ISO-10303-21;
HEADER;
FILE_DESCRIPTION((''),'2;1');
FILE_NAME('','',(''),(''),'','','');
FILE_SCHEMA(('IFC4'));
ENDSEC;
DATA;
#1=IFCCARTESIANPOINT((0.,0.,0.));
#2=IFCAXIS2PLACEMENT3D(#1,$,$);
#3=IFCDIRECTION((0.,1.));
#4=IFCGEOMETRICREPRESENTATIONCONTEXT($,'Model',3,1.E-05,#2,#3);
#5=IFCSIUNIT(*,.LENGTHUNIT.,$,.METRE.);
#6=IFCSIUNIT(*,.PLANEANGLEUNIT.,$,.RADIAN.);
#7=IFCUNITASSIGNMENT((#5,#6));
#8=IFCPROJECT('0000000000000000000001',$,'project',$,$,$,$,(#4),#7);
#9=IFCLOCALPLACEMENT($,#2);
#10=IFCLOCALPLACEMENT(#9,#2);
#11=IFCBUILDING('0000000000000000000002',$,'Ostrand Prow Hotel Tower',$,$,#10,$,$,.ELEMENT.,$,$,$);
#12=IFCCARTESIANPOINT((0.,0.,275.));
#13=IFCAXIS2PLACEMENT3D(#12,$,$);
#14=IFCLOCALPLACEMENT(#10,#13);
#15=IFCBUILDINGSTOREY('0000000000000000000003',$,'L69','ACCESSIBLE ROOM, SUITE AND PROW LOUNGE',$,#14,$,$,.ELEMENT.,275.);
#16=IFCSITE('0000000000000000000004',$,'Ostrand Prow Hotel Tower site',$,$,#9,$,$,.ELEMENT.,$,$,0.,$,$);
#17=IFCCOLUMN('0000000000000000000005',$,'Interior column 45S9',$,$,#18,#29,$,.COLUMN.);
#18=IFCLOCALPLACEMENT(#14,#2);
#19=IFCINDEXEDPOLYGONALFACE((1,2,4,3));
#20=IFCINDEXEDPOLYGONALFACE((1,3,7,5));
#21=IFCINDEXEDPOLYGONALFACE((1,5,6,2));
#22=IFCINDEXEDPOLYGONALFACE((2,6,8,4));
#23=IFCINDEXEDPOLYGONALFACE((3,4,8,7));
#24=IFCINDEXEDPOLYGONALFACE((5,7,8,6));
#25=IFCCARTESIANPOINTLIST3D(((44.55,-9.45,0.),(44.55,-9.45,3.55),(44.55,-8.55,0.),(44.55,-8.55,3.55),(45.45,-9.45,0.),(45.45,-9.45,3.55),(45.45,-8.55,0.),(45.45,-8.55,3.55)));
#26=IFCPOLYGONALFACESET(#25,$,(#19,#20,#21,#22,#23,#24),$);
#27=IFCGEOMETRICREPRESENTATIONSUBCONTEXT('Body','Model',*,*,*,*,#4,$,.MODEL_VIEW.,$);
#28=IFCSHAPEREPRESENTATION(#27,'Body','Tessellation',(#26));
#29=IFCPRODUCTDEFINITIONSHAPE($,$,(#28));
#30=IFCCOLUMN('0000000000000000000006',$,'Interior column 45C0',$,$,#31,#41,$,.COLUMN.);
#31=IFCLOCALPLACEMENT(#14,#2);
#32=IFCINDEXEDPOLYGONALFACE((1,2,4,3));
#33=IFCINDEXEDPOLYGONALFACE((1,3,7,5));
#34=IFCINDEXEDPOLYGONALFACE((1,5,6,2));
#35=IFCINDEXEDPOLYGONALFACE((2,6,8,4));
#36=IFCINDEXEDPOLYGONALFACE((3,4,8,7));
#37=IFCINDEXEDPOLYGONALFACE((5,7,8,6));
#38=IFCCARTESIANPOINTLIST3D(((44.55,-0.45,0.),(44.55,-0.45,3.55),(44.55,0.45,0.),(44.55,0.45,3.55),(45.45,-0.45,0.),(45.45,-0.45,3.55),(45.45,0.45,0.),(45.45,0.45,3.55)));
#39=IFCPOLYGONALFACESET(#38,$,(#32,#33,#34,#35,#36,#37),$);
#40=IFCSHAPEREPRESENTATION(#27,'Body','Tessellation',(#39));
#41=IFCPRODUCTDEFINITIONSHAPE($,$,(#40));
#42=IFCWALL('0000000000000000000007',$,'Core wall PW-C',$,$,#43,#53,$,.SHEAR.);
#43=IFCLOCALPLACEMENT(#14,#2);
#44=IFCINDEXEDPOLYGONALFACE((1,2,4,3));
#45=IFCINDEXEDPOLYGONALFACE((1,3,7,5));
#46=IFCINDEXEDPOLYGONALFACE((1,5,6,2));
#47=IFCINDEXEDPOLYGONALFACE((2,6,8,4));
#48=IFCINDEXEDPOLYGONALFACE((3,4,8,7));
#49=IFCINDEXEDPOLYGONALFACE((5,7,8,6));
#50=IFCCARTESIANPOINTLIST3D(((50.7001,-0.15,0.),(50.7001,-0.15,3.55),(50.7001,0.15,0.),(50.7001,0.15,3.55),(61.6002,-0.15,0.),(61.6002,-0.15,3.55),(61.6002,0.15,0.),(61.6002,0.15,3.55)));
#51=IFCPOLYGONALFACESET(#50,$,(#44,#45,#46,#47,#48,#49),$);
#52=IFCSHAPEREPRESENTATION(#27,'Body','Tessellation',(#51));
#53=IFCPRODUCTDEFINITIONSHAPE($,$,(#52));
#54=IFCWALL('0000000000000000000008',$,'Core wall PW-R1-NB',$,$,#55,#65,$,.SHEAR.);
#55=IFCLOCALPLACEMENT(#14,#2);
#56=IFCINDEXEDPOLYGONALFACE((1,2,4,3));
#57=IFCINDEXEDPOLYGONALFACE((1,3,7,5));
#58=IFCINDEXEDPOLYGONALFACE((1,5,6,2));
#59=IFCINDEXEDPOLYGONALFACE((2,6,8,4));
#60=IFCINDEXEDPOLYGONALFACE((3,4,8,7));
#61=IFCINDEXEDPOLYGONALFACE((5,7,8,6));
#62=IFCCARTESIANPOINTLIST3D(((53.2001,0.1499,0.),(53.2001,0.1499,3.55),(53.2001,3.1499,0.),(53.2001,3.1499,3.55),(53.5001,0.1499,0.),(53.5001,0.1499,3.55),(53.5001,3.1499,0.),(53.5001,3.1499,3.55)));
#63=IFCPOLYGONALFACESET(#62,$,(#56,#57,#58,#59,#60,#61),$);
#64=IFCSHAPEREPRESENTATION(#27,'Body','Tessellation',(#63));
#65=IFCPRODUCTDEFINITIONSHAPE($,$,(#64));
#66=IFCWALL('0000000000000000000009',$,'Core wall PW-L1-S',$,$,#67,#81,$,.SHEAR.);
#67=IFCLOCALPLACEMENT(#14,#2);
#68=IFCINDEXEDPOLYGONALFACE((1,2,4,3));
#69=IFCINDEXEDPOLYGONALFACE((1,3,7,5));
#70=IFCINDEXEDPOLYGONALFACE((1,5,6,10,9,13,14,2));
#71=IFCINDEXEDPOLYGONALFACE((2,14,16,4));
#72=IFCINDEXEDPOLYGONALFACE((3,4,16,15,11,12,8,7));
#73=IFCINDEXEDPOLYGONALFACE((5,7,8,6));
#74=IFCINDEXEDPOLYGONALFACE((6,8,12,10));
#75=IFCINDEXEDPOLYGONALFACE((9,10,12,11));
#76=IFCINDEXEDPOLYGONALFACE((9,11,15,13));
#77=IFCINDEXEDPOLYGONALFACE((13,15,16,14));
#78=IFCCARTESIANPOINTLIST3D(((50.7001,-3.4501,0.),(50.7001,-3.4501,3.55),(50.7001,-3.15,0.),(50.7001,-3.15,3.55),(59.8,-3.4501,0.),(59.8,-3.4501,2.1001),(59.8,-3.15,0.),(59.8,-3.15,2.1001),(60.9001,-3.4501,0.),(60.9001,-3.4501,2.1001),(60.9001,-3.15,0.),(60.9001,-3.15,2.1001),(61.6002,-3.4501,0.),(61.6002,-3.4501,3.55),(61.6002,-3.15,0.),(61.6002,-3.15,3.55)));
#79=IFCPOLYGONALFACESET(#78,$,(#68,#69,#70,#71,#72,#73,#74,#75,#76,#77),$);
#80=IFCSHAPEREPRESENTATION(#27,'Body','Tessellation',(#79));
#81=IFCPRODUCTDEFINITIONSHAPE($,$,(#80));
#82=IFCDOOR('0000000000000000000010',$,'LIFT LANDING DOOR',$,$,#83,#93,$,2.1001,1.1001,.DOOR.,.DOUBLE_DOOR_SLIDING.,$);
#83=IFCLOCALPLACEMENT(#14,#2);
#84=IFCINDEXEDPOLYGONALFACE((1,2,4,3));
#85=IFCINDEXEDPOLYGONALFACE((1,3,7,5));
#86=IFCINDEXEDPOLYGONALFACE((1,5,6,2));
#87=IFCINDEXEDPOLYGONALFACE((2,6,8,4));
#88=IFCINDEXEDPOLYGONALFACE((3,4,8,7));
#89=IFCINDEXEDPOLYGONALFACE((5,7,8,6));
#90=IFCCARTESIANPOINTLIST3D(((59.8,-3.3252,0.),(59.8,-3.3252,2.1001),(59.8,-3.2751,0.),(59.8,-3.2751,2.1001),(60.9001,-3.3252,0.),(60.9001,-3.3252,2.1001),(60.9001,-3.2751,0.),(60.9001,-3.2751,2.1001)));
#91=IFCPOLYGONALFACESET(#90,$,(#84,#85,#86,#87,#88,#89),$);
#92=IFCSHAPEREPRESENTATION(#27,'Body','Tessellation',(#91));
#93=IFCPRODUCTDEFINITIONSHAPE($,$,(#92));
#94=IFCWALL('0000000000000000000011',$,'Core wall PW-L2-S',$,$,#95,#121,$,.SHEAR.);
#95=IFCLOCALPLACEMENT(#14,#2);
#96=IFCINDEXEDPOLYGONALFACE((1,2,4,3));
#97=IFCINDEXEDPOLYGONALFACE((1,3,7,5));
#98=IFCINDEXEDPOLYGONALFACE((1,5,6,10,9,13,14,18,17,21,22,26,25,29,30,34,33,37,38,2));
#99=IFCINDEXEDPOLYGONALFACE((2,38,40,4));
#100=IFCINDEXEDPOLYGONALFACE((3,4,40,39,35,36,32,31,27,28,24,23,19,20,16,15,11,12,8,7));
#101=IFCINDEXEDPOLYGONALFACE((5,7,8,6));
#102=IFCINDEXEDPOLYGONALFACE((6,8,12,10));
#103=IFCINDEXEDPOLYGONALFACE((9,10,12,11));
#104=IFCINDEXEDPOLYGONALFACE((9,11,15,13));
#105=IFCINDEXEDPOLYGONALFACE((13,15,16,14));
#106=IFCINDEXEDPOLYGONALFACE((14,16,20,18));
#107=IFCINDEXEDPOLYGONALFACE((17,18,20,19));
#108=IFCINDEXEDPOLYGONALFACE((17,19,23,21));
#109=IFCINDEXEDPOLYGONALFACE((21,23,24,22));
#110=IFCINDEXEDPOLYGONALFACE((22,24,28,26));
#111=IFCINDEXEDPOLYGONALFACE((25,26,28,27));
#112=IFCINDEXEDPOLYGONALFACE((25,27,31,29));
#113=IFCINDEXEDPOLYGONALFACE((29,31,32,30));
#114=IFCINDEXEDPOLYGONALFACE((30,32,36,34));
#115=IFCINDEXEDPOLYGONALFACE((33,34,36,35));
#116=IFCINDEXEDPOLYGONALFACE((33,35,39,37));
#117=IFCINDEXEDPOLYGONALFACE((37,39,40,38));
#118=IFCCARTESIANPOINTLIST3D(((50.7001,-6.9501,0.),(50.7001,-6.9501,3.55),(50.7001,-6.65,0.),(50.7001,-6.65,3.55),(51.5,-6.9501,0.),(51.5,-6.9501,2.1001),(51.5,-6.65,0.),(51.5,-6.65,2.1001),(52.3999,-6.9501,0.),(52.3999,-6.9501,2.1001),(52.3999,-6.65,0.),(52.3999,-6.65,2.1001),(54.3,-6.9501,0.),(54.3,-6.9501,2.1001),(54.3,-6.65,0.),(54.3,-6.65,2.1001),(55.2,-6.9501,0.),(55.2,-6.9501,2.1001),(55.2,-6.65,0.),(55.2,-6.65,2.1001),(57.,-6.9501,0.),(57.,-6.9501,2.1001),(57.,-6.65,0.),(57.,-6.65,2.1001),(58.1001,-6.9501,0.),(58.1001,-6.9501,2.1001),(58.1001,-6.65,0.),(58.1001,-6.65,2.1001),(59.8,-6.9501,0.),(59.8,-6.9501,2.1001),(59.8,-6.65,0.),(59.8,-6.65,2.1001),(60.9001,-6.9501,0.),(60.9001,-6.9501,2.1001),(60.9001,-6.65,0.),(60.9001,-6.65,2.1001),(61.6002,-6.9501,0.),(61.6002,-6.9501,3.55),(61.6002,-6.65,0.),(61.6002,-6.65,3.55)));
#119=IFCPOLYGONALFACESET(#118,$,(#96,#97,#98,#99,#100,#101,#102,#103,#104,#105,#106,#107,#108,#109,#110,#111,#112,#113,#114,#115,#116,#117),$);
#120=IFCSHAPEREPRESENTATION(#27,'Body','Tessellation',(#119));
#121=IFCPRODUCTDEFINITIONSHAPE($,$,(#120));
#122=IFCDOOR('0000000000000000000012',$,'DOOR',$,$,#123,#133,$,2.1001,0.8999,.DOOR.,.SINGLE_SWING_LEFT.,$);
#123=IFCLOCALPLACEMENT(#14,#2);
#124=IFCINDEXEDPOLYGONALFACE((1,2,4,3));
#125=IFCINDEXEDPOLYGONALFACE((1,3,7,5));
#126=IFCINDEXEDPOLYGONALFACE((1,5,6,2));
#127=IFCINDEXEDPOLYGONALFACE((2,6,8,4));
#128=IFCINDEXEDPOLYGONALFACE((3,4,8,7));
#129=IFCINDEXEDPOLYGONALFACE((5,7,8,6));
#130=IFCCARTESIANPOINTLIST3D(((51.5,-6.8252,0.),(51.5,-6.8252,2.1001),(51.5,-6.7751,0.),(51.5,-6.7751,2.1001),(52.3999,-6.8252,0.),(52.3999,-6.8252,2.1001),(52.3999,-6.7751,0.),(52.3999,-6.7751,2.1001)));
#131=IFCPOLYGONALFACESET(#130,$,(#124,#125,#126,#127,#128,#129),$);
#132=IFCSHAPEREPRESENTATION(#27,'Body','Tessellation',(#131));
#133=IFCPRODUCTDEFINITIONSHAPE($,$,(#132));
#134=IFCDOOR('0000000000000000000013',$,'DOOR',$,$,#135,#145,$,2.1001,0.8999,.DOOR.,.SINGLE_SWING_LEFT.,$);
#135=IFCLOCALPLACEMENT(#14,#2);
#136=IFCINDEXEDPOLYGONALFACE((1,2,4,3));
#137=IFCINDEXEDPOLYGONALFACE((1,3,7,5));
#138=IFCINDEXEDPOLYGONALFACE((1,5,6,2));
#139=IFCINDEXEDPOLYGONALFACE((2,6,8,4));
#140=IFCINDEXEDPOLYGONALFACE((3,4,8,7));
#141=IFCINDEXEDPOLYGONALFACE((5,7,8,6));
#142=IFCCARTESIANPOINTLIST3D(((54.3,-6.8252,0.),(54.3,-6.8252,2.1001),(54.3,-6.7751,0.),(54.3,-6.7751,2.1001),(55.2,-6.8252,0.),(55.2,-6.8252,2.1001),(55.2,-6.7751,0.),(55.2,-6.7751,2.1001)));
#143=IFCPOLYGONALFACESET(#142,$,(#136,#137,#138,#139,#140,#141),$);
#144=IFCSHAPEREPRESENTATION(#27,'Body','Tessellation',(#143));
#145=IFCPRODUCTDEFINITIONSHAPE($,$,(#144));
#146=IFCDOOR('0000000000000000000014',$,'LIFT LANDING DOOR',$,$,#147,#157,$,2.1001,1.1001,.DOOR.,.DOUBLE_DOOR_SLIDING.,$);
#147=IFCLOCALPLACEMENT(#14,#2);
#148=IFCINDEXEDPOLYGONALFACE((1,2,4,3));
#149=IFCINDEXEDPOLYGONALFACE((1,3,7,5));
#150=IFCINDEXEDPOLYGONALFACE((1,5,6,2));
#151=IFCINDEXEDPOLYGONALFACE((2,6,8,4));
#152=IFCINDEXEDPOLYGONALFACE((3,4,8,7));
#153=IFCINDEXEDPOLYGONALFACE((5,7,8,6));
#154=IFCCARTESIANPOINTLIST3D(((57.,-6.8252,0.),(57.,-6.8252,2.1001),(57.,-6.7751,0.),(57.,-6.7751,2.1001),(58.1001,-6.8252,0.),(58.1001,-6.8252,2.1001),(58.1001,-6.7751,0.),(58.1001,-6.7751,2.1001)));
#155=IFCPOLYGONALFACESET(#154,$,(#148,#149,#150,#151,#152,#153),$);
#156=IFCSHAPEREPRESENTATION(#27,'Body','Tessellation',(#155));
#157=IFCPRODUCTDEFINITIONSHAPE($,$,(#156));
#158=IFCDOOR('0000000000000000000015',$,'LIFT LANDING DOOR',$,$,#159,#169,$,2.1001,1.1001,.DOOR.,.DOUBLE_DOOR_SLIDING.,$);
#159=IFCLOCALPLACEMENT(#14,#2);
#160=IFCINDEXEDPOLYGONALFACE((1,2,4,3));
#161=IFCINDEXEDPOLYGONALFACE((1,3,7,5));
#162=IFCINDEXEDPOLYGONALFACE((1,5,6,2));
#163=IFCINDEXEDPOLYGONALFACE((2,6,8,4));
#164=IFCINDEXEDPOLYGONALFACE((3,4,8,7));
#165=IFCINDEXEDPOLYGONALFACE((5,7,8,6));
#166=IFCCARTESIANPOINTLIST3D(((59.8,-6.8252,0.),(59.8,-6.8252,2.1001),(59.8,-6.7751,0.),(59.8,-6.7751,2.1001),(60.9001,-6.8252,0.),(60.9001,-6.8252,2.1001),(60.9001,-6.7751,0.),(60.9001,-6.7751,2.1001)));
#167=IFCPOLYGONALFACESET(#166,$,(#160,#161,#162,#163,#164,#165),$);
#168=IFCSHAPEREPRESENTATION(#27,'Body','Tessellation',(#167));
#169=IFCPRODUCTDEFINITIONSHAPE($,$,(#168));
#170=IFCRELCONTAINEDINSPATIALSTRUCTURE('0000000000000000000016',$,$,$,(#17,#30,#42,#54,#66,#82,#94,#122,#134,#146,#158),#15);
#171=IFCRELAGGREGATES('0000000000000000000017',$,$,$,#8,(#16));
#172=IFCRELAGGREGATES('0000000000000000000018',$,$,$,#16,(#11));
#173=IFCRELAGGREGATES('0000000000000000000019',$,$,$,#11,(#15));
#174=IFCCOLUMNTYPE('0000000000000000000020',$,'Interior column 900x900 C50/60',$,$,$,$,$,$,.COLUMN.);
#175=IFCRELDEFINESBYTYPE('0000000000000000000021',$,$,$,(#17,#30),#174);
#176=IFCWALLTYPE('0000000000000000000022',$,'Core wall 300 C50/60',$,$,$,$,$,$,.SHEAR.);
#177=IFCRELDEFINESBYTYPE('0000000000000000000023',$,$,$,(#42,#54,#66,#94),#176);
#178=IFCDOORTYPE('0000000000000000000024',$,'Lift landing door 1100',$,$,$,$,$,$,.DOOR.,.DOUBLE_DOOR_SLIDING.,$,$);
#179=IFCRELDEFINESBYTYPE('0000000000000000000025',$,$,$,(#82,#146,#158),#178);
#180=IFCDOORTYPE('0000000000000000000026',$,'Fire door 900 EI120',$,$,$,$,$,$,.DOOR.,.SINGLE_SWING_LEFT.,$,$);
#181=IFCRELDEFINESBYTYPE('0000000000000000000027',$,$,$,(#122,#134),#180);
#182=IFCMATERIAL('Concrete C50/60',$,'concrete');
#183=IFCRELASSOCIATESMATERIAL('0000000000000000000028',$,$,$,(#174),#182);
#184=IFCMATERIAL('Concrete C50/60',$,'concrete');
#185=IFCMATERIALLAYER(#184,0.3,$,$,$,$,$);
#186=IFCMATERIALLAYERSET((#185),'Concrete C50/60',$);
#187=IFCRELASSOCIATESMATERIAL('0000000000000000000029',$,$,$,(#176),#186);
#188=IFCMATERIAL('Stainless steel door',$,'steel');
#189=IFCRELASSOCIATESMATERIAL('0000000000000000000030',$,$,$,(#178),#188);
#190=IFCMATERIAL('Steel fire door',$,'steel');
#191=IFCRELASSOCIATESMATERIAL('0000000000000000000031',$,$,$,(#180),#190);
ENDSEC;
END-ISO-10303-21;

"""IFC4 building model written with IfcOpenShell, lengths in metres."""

from ifc_helpers import new_model, si_unit, direction, frame, frame_2d, origin, origin_2d, place, context, subcontext, project, spatial, rectangle, extrude, material, layer, layer_set, material_profile, profile_set, type_object, element, fill, save


model = new_model("IFC4")

# Units and contexts
model_context = context("Model", 3, precision=1e-05, world=origin(), true_north=direction((0.0, 1.0)))
body_context = subcontext(model_context, "Body", "Model", "MODEL_VIEW")
ifc_project = project(units=[si_unit("LENGTHUNIT", "METRE"), si_unit("PLANEANGLEUNIT", "RADIAN")], contexts=[model_context])

# Site, building, storey
site_placement = place(None, origin())
site = spatial("IfcSite", under=ifc_project, at=site_placement, Name="Ostrand Prow Hotel Tower site", CompositionType="ELEMENT", RefElevation=0.0)
building_placement = place(site_placement, origin())
building = spatial("IfcBuilding", under=site, at=building_placement, Name="Ostrand Prow Hotel Tower", CompositionType="ELEMENT")
storey_placement = place(building_placement, frame((0.0, 0.0, 275.0)))
storey = spatial("IfcBuildingStorey", under=building, at=storey_placement, Name="L69", Description="ACCESSIBLE ROOM, SUITE AND PROW LOUNGE", CompositionType="ELEMENT", Elevation=275.0)

# Columns
ifc_material_1 = material(Name="Concrete C50/60", Category="concrete")
ifc_material_profile = material_profile(ifc_material_1, rectangle(XDim=0.8999, YDim=0.8999, at=origin_2d()), Name="RC 900x900")
ifc_profile_set = profile_set([ifc_material_profile], Name="Concrete C50/60")
column_type = type_object("IfcColumnType", Name="Interior column 900x900 C50/60", PredefinedType="COLUMN", material=ifc_profile_set)
for number, where, z_axis, x_axis, name in (
    (1, (45.0, -9.0, 0.0), (0.0, 0.0, 1.0), (1.0, 0.0, 0.0), "Interior column 45S9"),
    (2, (45.0, 0.0, 0.0), (0.0, 0.0, 1.0), (1.0, 0.0, 0.0), "Interior column 45C0"),
):
    element("IfcColumn", number, at=place(storey_placement, frame(where, z_axis=z_axis, x_axis=x_axis)), inside=storey, type_object=column_type, Name=name, PredefinedType="COLUMN", context=body_context, shape_type="SweptSolid", body=[
        extrude(rectangle(XDim=0.8999, YDim=0.8999, at=origin_2d()), origin(), (0.0, 0.0, 1.0), 3.55),
    ])

# Walls
ifc_material_2 = material(Name="Concrete C50/60", Category="concrete")
ifc_layer_1 = layer(ifc_material_2, 0.3)
ifc_layer_set_1 = layer_set([ifc_layer_1], Name="Concrete C50/60")
wall_type_1 = type_object("IfcWallType", Name="Core wall 300 C50/60", PredefinedType="SHEAR", material=ifc_layer_set_1)
wall_1_placement = place(storey_placement, frame((50.7, 0.0, 0.0), z_axis=(0.0, 0.0, 1.0), x_axis=(1.0, 0.0, 0.0)))
element("IfcWall", 3, at=wall_1_placement, inside=storey, type_object=wall_type_1, Name="Core wall PW-C", PredefinedType="SHEAR", context=body_context, shape_type="SweptSolid", body=[
    extrude(rectangle(XDim=10.9001, YDim=0.3, at=frame_2d((5.4502, 0.0))), origin(), (0.0, 0.0, 1.0), 3.55),
])
wall_2_placement = place(storey_placement, frame((53.3501, 0.1499, 0.0), z_axis=(0.0, 0.0, 1.0), x_axis=(0.0, 1.0, 0.0)))
element("IfcWall", 4, at=wall_2_placement, inside=storey, type_object=wall_type_1, Name="Core wall PW-R1-NB", PredefinedType="SHEAR", context=body_context, shape_type="SweptSolid", body=[
    extrude(rectangle(XDim=3.0, YDim=0.3, at=frame_2d((1.5, 0.0))), origin(), (0.0, 0.0, 1.0), 3.55),
])

# Wall, opening, door
wall_3_placement = place(storey_placement, frame((50.7, -3.3, 0.0), z_axis=(0.0, 0.0, 1.0), x_axis=(1.0, 0.0, 0.0)))
wall_3 = element("IfcWall", 5, at=wall_3_placement, inside=storey, type_object=wall_type_1, Name="Core wall PW-L1-S", PredefinedType="SHEAR", context=body_context, shape_type="SweptSolid", body=[
    extrude(rectangle(XDim=10.9001, YDim=0.3, at=frame_2d((5.4502, 0.0))), origin(), (0.0, 0.0, 1.0), 3.55),
])
opening_1_placement = place(wall_3_placement, frame((9.1001, 0.0, 0.0)))
opening_1 = element("IfcOpeningElement", 6, at=opening_1_placement, cuts=wall_3, PredefinedType="OPENING", context=body_context, shape_type="SweptSolid", body=[
    extrude(rectangle(XDim=1.1001, YDim=2.1001, at=frame_2d((0.55, 1.05))), frame((0.0, 0.1599, 0.0), z_axis=(0.0, -1.0, 0.0), x_axis=(1.0, 0.0, 0.0)), (0.0, 0.0, 1.0), 0.3201),
])
ifc_material_3 = material(Name="Stainless steel door", Category="steel")
door_type_1 = type_object("IfcDoorType", Name="Lift landing door 1100", OperationType="DOUBLE_DOOR_SLIDING", PredefinedType="DOOR", material=ifc_material_3)
door_1_placement = place(opening_1_placement, origin())
door_1 = element("IfcDoor", 7, at=door_1_placement, inside=storey, type_object=door_type_1, Name="LIFT LANDING DOOR", OperationType="DOUBLE_DOOR_SLIDING", OverallHeight=2.1001, OverallWidth=1.1001, PredefinedType="DOOR", context=body_context, shape_type="SweptSolid", body=[
    extrude(rectangle(XDim=1.1001, YDim=2.1001, at=frame_2d((0.55, 1.05))), frame((0.0, 0.0249, 0.0), z_axis=(0.0, -1.0, 0.0), x_axis=(1.0, 0.0, 0.0)), (0.0, 0.0, 1.0), 0.05),
])
fill(opening_1, door_1)

# Wall, openings, doors
wall_4_placement = place(storey_placement, frame((50.7, -6.8, 0.0), z_axis=(0.0, 0.0, 1.0), x_axis=(1.0, 0.0, 0.0)))
wall_4 = element("IfcWall", 8, at=wall_4_placement, inside=storey, type_object=wall_type_1, Name="Core wall PW-L2-S", PredefinedType="SHEAR", context=body_context, shape_type="SweptSolid", body=[
    extrude(rectangle(XDim=10.9001, YDim=0.3, at=frame_2d((5.4502, 0.0))), origin(), (0.0, 0.0, 1.0), 3.55),
])
opening_2_placement = place(wall_4_placement, frame((6.3, 0.0, 0.0)))
opening_2 = element("IfcOpeningElement", 9, at=opening_2_placement, cuts=wall_4, PredefinedType="OPENING", context=body_context, shape_type="SweptSolid", body=[
    extrude(rectangle(XDim=1.1001, YDim=2.1001, at=frame_2d((0.55, 1.05))), frame((0.0, 0.1599, 0.0), z_axis=(0.0, -1.0, 0.0), x_axis=(1.0, 0.0, 0.0)), (0.0, 0.0, 1.0), 0.3201),
])
opening_3_placement = place(wall_4_placement, frame((9.1001, 0.0, 0.0)))
opening_3 = element("IfcOpeningElement", 10, at=opening_3_placement, cuts=wall_4, PredefinedType="OPENING", context=body_context, shape_type="SweptSolid", body=[
    extrude(rectangle(XDim=1.1001, YDim=2.1001, at=frame_2d((0.55, 1.05))), frame((0.0, 0.1599, 0.0), z_axis=(0.0, -1.0, 0.0), x_axis=(1.0, 0.0, 0.0)), (0.0, 0.0, 1.0), 0.3201),
])
opening_4_placement = place(wall_4_placement, frame((0.8, 0.0, 0.0)))
opening_4 = element("IfcOpeningElement", 11, at=opening_4_placement, cuts=wall_4, PredefinedType="OPENING", context=body_context, shape_type="SweptSolid", body=[
    extrude(rectangle(XDim=0.8999, YDim=2.1001, at=frame_2d((0.45, 1.05))), frame((0.0, 0.1599, 0.0), z_axis=(0.0, -1.0, 0.0), x_axis=(1.0, 0.0, 0.0)), (0.0, 0.0, 1.0), 0.3201),
])
opening_5_placement = place(wall_4_placement, frame((3.6001, 0.0, 0.0)))
opening_5 = element("IfcOpeningElement", 12, at=opening_5_placement, cuts=wall_4, PredefinedType="OPENING", context=body_context, shape_type="SweptSolid", body=[
    extrude(rectangle(XDim=0.8999, YDim=2.1001, at=frame_2d((0.45, 1.05))), frame((0.0, 0.1599, 0.0), z_axis=(0.0, -1.0, 0.0), x_axis=(1.0, 0.0, 0.0)), (0.0, 0.0, 1.0), 0.3201),
])
ifc_material_4 = material(Name="Steel fire door", Category="steel")
door_type_2 = type_object("IfcDoorType", Name="Fire door 900 EI120", OperationType="SINGLE_SWING_LEFT", PredefinedType="DOOR", material=ifc_material_4)
door_2_placement = place(opening_4_placement, origin())
door_2 = element("IfcDoor", 13, at=door_2_placement, inside=storey, type_object=door_type_2, Name="DOOR", OperationType="SINGLE_SWING_LEFT", OverallHeight=2.1001, OverallWidth=0.8999, PredefinedType="DOOR", context=body_context, shape_type="SweptSolid", body=[
    extrude(rectangle(XDim=0.8999, YDim=2.1001, at=frame_2d((0.45, 1.05))), frame((0.0, 0.0249, 0.0), z_axis=(0.0, -1.0, 0.0), x_axis=(1.0, 0.0, 0.0)), (0.0, 0.0, 1.0), 0.05),
])
fill(opening_4, door_2)
door_3_placement = place(opening_5_placement, origin())
door_3 = element("IfcDoor", 14, at=door_3_placement, inside=storey, type_object=door_type_2, Name="DOOR", OperationType="SINGLE_SWING_LEFT", OverallHeight=2.1001, OverallWidth=0.8999, PredefinedType="DOOR", context=body_context, shape_type="SweptSolid", body=[
    extrude(rectangle(XDim=0.8999, YDim=2.1001, at=frame_2d((0.45, 1.05))), frame((0.0, 0.0249, 0.0), z_axis=(0.0, -1.0, 0.0), x_axis=(1.0, 0.0, 0.0)), (0.0, 0.0, 1.0), 0.05),
])
fill(opening_5, door_3)
door_4_placement = place(opening_2_placement, origin())
door_4 = element("IfcDoor", 15, at=door_4_placement, inside=storey, type_object=door_type_1, Name="LIFT LANDING DOOR", OperationType="DOUBLE_DOOR_SLIDING", OverallHeight=2.1001, OverallWidth=1.1001, PredefinedType="DOOR", context=body_context, shape_type="SweptSolid", body=[
    extrude(rectangle(XDim=1.1001, YDim=2.1001, at=frame_2d((0.55, 1.05))), frame((0.0, 0.0249, 0.0), z_axis=(0.0, -1.0, 0.0), x_axis=(1.0, 0.0, 0.0)), (0.0, 0.0, 1.0), 0.05),
])
fill(opening_2, door_4)
door_5_placement = place(opening_3_placement, origin())
door_5 = element("IfcDoor", 16, at=door_5_placement, inside=storey, type_object=door_type_1, Name="LIFT LANDING DOOR", OperationType="DOUBLE_DOOR_SLIDING", OverallHeight=2.1001, OverallWidth=1.1001, PredefinedType="DOOR", context=body_context, shape_type="SweptSolid", body=[
    extrude(rectangle(XDim=1.1001, YDim=2.1001, at=frame_2d((0.55, 1.05))), frame((0.0, 0.0249, 0.0), z_axis=(0.0, -1.0, 0.0), x_axis=(1.0, 0.0, 0.0)), (0.0, 0.0, 1.0), 0.05),
])
fill(opening_3, door_5)

save(model, "model.ifc")
